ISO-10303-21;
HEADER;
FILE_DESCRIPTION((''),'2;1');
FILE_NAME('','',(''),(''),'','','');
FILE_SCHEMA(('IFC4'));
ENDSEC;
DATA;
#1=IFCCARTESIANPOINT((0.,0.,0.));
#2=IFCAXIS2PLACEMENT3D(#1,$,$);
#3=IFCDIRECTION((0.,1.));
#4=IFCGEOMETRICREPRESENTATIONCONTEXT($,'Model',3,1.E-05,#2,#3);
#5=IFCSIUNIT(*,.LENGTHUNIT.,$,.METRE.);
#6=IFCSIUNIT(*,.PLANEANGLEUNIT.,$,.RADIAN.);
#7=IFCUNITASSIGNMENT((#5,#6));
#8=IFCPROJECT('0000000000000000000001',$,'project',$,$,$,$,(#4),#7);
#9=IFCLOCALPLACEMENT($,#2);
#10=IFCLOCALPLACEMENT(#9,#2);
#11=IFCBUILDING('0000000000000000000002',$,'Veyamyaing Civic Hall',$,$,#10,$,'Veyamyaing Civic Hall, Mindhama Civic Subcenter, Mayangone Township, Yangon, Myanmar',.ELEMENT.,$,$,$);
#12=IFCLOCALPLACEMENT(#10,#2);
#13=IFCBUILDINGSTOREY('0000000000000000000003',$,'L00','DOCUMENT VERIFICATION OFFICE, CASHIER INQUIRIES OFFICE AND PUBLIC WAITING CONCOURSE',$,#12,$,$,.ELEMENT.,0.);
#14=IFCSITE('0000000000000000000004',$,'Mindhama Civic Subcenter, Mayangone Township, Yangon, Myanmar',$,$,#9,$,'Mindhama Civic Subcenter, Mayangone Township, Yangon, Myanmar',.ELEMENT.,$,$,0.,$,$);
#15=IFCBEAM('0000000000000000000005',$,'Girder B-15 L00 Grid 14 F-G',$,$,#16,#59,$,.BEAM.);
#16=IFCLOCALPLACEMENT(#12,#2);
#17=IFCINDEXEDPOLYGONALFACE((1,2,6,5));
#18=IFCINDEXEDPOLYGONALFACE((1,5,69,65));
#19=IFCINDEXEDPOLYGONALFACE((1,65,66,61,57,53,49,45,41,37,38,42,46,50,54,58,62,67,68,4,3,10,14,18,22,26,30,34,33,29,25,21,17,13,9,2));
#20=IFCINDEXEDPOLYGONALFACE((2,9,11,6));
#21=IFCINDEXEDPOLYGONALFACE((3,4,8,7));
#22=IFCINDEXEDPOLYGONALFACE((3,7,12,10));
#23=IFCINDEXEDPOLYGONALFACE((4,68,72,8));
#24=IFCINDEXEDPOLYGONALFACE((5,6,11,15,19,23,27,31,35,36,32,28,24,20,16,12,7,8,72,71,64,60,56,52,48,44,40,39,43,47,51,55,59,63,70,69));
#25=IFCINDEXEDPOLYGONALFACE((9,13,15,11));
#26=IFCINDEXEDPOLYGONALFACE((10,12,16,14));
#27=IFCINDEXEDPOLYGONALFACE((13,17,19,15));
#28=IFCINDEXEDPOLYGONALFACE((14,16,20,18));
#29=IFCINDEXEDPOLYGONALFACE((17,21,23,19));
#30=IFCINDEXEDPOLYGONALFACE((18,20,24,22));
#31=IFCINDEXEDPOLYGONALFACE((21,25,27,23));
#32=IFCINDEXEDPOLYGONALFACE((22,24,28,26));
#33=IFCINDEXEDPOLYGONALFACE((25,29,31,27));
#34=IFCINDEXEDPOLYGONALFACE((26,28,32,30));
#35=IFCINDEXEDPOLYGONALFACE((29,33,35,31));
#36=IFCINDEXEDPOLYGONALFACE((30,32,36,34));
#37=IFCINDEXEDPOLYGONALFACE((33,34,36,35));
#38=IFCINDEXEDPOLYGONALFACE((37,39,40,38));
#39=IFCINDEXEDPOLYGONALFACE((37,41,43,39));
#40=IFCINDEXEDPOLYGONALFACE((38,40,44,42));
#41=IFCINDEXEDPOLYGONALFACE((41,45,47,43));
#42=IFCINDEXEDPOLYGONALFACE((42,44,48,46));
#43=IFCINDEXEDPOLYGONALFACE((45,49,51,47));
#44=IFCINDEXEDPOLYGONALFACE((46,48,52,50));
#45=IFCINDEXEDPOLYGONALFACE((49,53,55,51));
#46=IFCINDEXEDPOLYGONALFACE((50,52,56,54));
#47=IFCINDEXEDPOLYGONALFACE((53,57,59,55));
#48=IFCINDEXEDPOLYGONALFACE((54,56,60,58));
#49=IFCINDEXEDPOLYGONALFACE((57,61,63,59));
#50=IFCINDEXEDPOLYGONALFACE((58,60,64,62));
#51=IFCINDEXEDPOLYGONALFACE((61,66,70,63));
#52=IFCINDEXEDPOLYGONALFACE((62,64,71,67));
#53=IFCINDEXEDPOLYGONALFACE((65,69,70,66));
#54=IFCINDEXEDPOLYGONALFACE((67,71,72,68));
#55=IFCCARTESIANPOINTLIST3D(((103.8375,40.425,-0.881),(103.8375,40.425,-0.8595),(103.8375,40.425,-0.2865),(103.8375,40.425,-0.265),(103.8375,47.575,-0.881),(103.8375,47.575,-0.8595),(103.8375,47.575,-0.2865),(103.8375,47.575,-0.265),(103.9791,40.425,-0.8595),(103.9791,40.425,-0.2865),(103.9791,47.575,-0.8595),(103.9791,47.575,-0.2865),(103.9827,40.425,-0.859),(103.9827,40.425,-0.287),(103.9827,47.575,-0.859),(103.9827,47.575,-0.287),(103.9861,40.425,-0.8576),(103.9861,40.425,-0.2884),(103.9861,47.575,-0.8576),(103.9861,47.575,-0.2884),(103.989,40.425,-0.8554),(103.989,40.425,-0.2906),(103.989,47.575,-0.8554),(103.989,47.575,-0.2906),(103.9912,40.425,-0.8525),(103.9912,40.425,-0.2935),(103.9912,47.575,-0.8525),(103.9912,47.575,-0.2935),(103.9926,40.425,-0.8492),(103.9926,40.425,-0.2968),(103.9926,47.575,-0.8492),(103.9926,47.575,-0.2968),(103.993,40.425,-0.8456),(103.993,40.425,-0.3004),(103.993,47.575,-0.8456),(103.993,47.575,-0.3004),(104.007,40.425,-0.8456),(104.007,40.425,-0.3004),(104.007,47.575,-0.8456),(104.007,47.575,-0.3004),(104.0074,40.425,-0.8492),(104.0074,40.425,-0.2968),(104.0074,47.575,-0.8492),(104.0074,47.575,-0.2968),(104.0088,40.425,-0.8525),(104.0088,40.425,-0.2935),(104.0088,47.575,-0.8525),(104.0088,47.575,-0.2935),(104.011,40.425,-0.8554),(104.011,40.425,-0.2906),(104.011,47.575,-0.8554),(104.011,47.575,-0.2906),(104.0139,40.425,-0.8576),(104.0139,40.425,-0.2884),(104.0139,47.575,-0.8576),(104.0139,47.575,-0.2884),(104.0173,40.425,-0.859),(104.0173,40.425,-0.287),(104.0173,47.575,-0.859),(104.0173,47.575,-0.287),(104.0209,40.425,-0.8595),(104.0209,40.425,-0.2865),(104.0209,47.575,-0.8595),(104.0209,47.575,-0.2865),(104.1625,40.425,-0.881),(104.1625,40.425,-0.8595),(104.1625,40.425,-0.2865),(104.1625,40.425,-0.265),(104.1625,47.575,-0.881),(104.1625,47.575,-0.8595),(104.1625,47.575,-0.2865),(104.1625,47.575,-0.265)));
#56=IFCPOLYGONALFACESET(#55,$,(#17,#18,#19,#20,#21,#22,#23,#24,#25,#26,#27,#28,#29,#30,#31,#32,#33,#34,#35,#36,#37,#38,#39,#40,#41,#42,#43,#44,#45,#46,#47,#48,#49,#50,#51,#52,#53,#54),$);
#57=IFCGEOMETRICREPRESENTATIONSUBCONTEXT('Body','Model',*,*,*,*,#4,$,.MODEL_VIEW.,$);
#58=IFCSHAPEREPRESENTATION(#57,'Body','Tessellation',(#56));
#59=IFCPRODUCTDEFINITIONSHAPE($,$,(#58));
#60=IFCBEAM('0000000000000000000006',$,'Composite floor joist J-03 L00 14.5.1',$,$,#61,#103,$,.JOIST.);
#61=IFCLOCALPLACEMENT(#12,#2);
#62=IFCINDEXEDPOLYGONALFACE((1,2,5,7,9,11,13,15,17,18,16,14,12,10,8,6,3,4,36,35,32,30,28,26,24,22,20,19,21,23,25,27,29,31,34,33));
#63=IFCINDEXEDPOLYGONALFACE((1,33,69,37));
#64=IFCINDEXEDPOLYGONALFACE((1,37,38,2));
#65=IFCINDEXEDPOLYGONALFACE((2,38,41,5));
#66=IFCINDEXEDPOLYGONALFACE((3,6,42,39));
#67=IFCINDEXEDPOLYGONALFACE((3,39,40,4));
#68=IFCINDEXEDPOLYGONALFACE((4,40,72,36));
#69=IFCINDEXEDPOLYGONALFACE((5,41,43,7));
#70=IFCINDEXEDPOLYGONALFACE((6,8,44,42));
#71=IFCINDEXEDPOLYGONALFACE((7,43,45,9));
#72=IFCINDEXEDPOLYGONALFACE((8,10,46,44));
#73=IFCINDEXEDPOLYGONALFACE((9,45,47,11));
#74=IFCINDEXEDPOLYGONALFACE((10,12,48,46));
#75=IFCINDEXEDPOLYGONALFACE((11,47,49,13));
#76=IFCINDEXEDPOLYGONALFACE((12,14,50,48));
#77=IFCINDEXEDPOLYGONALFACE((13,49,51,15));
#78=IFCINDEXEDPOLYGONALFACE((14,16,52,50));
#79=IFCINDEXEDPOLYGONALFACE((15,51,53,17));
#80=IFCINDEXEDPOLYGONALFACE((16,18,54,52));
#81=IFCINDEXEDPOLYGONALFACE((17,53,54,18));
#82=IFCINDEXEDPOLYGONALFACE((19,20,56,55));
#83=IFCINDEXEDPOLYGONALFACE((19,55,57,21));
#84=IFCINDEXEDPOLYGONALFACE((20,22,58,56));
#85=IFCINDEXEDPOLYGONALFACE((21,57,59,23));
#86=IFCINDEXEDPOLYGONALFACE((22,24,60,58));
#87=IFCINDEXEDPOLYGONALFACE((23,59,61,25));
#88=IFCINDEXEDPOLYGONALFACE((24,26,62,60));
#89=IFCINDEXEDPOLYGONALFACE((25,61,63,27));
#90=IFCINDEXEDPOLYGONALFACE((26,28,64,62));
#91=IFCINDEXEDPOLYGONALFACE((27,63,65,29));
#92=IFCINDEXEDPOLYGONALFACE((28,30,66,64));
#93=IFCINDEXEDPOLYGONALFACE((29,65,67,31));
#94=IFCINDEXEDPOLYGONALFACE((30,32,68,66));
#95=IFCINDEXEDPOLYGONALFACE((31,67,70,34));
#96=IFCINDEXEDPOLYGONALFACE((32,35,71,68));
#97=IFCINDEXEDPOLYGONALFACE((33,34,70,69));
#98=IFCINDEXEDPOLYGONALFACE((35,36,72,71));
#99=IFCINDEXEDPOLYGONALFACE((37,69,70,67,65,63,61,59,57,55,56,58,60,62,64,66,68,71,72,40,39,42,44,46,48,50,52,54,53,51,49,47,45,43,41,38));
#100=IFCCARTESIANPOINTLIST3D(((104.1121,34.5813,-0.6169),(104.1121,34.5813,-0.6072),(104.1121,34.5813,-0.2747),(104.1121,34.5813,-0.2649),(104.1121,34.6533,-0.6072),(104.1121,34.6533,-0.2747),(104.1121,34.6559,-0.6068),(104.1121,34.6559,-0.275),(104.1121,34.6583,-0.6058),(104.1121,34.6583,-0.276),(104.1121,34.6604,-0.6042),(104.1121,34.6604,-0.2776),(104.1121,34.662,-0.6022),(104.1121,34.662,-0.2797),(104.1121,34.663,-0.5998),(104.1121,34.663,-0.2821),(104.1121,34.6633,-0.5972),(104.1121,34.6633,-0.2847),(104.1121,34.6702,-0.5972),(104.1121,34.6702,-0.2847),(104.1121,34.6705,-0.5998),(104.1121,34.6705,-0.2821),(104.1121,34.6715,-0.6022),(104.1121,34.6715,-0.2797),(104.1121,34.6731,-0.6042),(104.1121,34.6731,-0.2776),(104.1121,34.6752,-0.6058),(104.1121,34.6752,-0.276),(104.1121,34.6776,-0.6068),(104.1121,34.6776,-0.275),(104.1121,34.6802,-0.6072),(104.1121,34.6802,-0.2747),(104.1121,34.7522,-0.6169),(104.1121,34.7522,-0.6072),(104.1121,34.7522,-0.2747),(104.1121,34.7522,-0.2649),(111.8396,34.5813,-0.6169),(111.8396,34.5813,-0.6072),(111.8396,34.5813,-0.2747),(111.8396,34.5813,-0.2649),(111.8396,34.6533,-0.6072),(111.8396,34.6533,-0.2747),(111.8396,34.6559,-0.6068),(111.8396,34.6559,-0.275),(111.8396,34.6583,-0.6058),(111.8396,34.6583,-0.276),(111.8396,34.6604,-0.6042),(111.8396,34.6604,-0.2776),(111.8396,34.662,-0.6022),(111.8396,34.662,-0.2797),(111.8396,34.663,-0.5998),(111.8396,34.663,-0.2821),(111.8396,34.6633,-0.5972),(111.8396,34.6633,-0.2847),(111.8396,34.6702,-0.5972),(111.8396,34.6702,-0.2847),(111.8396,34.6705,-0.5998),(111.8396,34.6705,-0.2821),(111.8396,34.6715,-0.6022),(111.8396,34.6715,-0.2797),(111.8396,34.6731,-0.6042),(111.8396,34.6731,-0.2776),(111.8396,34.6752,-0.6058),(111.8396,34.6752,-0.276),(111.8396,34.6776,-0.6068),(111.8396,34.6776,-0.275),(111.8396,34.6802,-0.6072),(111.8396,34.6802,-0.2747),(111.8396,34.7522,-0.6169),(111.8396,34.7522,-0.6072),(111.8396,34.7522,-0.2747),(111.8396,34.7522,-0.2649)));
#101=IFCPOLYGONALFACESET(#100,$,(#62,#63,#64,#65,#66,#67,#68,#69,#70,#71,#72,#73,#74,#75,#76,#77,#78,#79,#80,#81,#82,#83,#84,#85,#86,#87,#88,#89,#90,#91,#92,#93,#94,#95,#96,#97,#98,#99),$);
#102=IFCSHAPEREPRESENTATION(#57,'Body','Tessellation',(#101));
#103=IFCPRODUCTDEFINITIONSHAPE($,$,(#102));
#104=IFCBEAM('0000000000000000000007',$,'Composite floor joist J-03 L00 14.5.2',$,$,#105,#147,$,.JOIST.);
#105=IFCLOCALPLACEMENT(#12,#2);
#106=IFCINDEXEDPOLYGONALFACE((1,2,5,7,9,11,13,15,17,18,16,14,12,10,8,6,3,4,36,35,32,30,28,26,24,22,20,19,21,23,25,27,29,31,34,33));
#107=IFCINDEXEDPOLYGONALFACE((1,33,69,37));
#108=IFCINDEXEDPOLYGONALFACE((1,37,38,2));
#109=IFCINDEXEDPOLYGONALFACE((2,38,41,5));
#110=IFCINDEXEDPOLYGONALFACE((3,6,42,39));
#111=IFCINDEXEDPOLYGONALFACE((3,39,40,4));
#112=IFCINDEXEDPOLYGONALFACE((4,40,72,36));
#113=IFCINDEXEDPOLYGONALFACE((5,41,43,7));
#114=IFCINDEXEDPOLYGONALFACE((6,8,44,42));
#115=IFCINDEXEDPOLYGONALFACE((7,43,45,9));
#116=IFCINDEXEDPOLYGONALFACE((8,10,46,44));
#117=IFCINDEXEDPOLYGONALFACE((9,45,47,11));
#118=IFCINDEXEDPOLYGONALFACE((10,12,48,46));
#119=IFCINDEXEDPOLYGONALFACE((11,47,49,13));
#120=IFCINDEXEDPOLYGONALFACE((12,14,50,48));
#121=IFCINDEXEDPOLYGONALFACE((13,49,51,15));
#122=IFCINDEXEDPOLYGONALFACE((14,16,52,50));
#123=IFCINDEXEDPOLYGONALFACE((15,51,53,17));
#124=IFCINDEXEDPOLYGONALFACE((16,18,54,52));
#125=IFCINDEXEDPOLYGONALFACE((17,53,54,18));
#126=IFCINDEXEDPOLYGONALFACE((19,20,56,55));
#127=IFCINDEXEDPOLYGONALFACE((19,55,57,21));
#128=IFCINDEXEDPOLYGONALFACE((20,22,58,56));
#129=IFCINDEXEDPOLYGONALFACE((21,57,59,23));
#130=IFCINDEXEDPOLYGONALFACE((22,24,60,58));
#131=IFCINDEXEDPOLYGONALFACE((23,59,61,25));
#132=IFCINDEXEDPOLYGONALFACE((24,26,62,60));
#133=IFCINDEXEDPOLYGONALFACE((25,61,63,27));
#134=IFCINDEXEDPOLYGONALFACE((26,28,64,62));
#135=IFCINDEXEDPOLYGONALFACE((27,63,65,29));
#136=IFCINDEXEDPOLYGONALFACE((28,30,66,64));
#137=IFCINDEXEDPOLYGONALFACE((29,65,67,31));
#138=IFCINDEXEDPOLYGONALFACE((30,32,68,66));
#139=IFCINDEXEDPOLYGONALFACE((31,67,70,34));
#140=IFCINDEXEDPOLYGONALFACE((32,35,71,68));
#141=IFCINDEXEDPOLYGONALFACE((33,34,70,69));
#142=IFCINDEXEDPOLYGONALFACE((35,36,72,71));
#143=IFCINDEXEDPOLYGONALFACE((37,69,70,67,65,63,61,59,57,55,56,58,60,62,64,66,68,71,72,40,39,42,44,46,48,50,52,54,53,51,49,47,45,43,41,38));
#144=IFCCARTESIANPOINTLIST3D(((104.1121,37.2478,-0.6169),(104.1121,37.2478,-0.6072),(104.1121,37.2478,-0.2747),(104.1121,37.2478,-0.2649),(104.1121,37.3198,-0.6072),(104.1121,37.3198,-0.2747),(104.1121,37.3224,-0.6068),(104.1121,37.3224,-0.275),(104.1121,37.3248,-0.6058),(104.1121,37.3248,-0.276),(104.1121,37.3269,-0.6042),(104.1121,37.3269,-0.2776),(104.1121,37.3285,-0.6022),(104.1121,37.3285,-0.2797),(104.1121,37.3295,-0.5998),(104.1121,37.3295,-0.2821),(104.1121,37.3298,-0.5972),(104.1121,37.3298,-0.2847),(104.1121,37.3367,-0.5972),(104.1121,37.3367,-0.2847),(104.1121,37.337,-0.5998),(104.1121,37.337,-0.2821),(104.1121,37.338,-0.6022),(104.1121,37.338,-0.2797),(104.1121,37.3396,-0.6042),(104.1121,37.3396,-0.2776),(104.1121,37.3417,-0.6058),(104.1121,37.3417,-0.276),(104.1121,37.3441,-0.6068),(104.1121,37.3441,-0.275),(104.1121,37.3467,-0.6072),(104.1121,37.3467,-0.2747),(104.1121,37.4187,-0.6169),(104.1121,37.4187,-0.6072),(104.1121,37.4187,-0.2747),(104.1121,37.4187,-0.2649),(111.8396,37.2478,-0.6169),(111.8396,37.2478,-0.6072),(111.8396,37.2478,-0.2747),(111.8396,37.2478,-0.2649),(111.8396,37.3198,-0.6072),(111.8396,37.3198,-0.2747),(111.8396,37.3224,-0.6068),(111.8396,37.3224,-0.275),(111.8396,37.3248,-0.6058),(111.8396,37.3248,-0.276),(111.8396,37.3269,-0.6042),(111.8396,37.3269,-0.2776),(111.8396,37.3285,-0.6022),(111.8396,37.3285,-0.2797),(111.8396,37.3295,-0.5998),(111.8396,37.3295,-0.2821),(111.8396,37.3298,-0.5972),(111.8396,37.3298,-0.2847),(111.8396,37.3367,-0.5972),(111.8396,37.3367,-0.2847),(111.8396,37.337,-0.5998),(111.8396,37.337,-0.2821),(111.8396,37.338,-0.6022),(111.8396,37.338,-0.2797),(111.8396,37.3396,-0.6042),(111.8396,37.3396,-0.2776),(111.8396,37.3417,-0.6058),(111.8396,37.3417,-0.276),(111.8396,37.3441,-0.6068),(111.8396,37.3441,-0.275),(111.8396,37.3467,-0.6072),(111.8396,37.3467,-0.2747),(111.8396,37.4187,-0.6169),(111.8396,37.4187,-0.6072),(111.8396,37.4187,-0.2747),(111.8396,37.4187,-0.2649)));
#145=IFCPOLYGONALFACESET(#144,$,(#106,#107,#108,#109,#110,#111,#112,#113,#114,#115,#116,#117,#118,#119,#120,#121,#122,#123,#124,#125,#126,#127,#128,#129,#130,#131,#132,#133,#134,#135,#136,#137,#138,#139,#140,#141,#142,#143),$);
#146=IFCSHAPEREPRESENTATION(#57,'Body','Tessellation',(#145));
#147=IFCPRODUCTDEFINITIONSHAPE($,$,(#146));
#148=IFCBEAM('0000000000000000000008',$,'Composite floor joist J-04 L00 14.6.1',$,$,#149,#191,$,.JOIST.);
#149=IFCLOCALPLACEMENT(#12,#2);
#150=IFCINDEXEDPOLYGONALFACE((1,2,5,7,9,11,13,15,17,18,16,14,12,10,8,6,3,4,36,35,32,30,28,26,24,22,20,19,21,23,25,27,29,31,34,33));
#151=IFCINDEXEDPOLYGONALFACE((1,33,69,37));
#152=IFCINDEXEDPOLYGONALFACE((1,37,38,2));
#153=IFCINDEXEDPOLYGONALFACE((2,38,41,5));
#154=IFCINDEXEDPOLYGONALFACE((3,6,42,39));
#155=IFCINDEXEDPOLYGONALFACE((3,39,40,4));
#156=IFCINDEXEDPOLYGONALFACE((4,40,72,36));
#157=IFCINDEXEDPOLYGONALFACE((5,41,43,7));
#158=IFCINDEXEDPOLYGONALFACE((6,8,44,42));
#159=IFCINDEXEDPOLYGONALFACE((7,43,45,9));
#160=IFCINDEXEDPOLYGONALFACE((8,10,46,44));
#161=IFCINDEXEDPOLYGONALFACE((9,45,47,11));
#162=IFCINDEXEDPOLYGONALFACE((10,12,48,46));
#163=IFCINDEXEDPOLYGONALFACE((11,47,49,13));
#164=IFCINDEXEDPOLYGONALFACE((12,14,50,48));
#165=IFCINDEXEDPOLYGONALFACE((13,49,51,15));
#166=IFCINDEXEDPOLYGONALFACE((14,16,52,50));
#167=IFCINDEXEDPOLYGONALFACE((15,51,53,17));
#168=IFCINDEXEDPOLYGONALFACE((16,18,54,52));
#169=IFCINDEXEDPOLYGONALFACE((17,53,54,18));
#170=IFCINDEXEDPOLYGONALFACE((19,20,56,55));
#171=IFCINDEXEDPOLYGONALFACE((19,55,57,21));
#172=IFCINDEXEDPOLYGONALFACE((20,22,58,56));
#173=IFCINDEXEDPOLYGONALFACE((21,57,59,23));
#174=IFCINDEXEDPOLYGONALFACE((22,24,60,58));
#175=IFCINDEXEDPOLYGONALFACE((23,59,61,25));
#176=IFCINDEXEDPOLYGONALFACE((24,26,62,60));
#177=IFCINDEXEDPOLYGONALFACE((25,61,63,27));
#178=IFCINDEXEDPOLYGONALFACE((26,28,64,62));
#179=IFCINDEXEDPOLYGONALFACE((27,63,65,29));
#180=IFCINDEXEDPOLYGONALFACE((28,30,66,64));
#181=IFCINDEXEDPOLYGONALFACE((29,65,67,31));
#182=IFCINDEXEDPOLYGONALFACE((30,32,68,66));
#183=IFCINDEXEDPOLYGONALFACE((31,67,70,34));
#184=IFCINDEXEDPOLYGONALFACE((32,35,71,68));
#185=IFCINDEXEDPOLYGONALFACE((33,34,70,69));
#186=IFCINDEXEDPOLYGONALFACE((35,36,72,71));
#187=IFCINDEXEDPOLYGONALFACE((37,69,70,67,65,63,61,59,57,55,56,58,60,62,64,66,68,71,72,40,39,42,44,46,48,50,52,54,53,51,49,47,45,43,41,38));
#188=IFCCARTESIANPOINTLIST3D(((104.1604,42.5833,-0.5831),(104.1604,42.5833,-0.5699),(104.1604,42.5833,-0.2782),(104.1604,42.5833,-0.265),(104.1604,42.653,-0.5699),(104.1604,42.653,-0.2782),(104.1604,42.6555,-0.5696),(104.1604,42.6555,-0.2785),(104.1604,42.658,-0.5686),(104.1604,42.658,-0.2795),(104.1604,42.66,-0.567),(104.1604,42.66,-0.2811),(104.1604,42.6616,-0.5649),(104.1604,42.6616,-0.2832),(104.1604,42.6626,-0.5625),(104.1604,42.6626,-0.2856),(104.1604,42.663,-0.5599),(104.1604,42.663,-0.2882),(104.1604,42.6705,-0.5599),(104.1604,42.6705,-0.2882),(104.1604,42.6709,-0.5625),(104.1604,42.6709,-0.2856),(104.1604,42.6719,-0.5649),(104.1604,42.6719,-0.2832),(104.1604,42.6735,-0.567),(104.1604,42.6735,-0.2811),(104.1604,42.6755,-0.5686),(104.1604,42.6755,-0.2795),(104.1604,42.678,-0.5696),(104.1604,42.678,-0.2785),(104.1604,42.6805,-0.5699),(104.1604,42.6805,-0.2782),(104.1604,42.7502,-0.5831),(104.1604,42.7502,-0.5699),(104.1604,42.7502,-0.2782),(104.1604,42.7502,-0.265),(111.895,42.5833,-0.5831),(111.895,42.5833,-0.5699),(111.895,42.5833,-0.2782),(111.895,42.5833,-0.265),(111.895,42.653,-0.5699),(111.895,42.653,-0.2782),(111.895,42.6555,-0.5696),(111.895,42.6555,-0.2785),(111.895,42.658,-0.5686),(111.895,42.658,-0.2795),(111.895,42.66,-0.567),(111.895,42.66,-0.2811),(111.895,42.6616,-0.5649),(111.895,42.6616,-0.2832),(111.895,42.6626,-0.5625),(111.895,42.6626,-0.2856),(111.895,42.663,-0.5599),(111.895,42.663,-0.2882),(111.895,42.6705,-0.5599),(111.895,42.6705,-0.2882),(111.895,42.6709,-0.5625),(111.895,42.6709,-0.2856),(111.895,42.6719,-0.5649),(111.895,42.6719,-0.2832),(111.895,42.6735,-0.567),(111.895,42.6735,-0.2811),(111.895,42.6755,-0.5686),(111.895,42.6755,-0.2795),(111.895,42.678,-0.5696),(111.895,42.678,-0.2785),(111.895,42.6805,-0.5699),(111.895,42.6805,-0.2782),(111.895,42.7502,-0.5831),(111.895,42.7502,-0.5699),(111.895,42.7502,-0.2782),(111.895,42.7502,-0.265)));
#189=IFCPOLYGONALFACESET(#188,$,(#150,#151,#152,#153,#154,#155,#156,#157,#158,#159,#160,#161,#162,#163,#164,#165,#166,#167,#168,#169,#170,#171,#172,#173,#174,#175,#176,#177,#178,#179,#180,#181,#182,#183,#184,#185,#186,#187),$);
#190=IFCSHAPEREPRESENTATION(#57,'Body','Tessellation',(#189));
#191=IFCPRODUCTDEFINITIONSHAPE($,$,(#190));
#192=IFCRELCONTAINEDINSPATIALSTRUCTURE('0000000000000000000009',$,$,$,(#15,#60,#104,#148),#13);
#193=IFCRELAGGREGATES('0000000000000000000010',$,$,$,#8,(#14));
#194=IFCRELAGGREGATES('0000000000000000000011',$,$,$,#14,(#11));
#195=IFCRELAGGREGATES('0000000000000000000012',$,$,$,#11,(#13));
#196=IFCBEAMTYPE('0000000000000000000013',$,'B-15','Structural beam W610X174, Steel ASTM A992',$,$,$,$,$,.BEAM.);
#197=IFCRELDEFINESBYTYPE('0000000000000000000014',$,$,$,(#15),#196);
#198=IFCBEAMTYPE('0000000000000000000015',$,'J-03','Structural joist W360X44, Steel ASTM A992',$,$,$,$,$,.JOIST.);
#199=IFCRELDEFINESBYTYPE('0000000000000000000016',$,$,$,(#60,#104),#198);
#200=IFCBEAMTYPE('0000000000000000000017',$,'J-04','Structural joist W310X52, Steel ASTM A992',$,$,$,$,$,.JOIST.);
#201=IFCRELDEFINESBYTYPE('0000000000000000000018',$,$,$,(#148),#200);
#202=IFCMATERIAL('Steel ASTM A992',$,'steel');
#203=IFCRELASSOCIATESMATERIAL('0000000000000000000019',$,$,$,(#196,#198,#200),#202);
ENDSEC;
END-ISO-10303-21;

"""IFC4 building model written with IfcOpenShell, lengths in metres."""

from ifc_helpers import new_model, si_unit, direction, frame, origin, origin_2d, place, context, subcontext, project, spatial, i_section, extrude, material, material_profile, profile_set, type_object, element, save


model = new_model("IFC4")

# Units and contexts
model_context = context("Model", 3, precision=1e-05, world=origin(), true_north=direction((0.0, 1.0)))
body_context = subcontext(model_context, "Body", "Model", "MODEL_VIEW")
ifc_project = project(units=[si_unit("LENGTHUNIT", "METRE"), si_unit("PLANEANGLEUNIT", "RADIAN")], contexts=[model_context])

# Site, building, storey
site_placement = place(None, origin())
site = spatial("IfcSite", under=ifc_project, at=site_placement, Name="Mindhama Civic Subcenter, Mayangone Township, Yangon, Myanmar", LongName="Mindhama Civic Subcenter, Mayangone Township, Yangon, Myanmar", CompositionType="ELEMENT", RefElevation=0.0)
building_placement = place(site_placement, origin())
building = spatial("IfcBuilding", under=site, at=building_placement, Name="Veyamyaing Civic Hall", LongName="Veyamyaing Civic Hall, Mindhama Civic Subcenter, Mayangone Township, Yangon, Myanmar", CompositionType="ELEMENT")
storey_placement = place(building_placement, origin())
storey = spatial("IfcBuildingStorey", under=building, at=storey_placement, Name="L00", Description="DOCUMENT VERIFICATION OFFICE, CASHIER INQUIRIES OFFICE AND PUBLIC WAITING CONCOURSE", CompositionType="ELEMENT", Elevation=0.0)

# Beams
ifc_material_1 = material(Name="Steel ASTM A992", Category="steel")
ifc_material_profile_1 = material_profile(ifc_material_1, i_section(OverallWidth=0.325, OverallDepth=0.616, WebThickness=0.0139, FlangeThickness=0.0215, FilletRadius=0.0139, at=origin_2d()), Name="W610X174")
ifc_profile_set_1 = profile_set([ifc_material_profile_1], Name="Steel ASTM A992")
beam_type_1 = type_object("IfcBeamType", Name="B-15", Description="Structural beam W610X174, Steel ASTM A992", PredefinedType="BEAM", material=ifc_profile_set_1)
beam_1_placement = place(storey_placement, frame((104.0, 40.425, -0.573), z_axis=(0.0, 1.0, 0.0), x_axis=(-1.0, 0.0, 0.0)))
element("IfcBeam", 1, at=beam_1_placement, inside=storey, type_object=beam_type_1, Name="Girder B-15 L00 Grid 14 F-G", PredefinedType="BEAM", context=body_context, shape_type="SweptSolid", body=[
    extrude(i_section(OverallWidth=0.325, OverallDepth=0.616, WebThickness=0.0139, FlangeThickness=0.0215, FilletRadius=0.0139, at=origin_2d()), origin(), (0.0, 0.0, 1.0), 7.1499),
])
ifc_material_profile_2 = material_profile(ifc_material_1, i_section(OverallWidth=0.1709, OverallDepth=0.3521, WebThickness=0.0068, FlangeThickness=0.0098, FilletRadius=0.01, at=origin_2d()), Name="W360X44")
ifc_profile_set_2 = profile_set([ifc_material_profile_2], Name="Steel ASTM A992")
beam_type_2 = type_object("IfcBeamType", Name="J-03", Description="Structural joist W360X44, Steel ASTM A992", PredefinedType="JOIST", material=ifc_profile_set_2)
for number, where, z_axis, x_axis, name in (
    (2, (104.1121, 34.6667, -0.4409), (1.0, 0.0, 0.0), (0.0, 1.0, 0.0), "Composite floor joist J-03 L00 14.5.1"),
    (3, (104.1121, 37.3333, -0.4409), (1.0, 0.0, 0.0), (0.0, 1.0, 0.0), "Composite floor joist J-03 L00 14.5.2"),
):
    element("IfcBeam", number, at=place(storey_placement, frame(where, z_axis=z_axis, x_axis=x_axis)), inside=storey, type_object=beam_type_2, Name=name, PredefinedType="JOIST", context=body_context, shape_type="SweptSolid", body=[
        extrude(i_section(OverallWidth=0.1709, OverallDepth=0.3521, WebThickness=0.0068, FlangeThickness=0.0098, FilletRadius=0.01, at=origin_2d()), origin(), (0.0, 0.0, 1.0), 7.7275),
    ])
ifc_material_profile_3 = material_profile(ifc_material_1, i_section(OverallWidth=0.167, OverallDepth=0.3181, WebThickness=0.0076, FlangeThickness=0.0132, FilletRadius=0.01, at=origin_2d()), Name="W310X52")
ifc_profile_set_3 = profile_set([ifc_material_profile_3], Name="Steel ASTM A992")
beam_type_3 = type_object("IfcBeamType", Name="J-04", Description="Structural joist W310X52, Steel ASTM A992", PredefinedType="JOIST", material=ifc_profile_set_3)
for number, where, z_axis, x_axis, name in (
    (4, (104.1604, 42.6667, -0.4241), (1.0, 0.0, 0.0), (0.0, 1.0, 0.0), "Composite floor joist J-04 L00 14.6.1"),
):
    element("IfcBeam", number, at=place(storey_placement, frame(where, z_axis=z_axis, x_axis=x_axis)), inside=storey, type_object=beam_type_3, Name=name, PredefinedType="JOIST", context=body_context, shape_type="SweptSolid", body=[
        extrude(i_section(OverallWidth=0.167, OverallDepth=0.3181, WebThickness=0.0076, FlangeThickness=0.0132, FilletRadius=0.01, at=origin_2d()), origin(), (0.0, 0.0, 1.0), 7.7346),
    ])

save(model, "model.ifc")
